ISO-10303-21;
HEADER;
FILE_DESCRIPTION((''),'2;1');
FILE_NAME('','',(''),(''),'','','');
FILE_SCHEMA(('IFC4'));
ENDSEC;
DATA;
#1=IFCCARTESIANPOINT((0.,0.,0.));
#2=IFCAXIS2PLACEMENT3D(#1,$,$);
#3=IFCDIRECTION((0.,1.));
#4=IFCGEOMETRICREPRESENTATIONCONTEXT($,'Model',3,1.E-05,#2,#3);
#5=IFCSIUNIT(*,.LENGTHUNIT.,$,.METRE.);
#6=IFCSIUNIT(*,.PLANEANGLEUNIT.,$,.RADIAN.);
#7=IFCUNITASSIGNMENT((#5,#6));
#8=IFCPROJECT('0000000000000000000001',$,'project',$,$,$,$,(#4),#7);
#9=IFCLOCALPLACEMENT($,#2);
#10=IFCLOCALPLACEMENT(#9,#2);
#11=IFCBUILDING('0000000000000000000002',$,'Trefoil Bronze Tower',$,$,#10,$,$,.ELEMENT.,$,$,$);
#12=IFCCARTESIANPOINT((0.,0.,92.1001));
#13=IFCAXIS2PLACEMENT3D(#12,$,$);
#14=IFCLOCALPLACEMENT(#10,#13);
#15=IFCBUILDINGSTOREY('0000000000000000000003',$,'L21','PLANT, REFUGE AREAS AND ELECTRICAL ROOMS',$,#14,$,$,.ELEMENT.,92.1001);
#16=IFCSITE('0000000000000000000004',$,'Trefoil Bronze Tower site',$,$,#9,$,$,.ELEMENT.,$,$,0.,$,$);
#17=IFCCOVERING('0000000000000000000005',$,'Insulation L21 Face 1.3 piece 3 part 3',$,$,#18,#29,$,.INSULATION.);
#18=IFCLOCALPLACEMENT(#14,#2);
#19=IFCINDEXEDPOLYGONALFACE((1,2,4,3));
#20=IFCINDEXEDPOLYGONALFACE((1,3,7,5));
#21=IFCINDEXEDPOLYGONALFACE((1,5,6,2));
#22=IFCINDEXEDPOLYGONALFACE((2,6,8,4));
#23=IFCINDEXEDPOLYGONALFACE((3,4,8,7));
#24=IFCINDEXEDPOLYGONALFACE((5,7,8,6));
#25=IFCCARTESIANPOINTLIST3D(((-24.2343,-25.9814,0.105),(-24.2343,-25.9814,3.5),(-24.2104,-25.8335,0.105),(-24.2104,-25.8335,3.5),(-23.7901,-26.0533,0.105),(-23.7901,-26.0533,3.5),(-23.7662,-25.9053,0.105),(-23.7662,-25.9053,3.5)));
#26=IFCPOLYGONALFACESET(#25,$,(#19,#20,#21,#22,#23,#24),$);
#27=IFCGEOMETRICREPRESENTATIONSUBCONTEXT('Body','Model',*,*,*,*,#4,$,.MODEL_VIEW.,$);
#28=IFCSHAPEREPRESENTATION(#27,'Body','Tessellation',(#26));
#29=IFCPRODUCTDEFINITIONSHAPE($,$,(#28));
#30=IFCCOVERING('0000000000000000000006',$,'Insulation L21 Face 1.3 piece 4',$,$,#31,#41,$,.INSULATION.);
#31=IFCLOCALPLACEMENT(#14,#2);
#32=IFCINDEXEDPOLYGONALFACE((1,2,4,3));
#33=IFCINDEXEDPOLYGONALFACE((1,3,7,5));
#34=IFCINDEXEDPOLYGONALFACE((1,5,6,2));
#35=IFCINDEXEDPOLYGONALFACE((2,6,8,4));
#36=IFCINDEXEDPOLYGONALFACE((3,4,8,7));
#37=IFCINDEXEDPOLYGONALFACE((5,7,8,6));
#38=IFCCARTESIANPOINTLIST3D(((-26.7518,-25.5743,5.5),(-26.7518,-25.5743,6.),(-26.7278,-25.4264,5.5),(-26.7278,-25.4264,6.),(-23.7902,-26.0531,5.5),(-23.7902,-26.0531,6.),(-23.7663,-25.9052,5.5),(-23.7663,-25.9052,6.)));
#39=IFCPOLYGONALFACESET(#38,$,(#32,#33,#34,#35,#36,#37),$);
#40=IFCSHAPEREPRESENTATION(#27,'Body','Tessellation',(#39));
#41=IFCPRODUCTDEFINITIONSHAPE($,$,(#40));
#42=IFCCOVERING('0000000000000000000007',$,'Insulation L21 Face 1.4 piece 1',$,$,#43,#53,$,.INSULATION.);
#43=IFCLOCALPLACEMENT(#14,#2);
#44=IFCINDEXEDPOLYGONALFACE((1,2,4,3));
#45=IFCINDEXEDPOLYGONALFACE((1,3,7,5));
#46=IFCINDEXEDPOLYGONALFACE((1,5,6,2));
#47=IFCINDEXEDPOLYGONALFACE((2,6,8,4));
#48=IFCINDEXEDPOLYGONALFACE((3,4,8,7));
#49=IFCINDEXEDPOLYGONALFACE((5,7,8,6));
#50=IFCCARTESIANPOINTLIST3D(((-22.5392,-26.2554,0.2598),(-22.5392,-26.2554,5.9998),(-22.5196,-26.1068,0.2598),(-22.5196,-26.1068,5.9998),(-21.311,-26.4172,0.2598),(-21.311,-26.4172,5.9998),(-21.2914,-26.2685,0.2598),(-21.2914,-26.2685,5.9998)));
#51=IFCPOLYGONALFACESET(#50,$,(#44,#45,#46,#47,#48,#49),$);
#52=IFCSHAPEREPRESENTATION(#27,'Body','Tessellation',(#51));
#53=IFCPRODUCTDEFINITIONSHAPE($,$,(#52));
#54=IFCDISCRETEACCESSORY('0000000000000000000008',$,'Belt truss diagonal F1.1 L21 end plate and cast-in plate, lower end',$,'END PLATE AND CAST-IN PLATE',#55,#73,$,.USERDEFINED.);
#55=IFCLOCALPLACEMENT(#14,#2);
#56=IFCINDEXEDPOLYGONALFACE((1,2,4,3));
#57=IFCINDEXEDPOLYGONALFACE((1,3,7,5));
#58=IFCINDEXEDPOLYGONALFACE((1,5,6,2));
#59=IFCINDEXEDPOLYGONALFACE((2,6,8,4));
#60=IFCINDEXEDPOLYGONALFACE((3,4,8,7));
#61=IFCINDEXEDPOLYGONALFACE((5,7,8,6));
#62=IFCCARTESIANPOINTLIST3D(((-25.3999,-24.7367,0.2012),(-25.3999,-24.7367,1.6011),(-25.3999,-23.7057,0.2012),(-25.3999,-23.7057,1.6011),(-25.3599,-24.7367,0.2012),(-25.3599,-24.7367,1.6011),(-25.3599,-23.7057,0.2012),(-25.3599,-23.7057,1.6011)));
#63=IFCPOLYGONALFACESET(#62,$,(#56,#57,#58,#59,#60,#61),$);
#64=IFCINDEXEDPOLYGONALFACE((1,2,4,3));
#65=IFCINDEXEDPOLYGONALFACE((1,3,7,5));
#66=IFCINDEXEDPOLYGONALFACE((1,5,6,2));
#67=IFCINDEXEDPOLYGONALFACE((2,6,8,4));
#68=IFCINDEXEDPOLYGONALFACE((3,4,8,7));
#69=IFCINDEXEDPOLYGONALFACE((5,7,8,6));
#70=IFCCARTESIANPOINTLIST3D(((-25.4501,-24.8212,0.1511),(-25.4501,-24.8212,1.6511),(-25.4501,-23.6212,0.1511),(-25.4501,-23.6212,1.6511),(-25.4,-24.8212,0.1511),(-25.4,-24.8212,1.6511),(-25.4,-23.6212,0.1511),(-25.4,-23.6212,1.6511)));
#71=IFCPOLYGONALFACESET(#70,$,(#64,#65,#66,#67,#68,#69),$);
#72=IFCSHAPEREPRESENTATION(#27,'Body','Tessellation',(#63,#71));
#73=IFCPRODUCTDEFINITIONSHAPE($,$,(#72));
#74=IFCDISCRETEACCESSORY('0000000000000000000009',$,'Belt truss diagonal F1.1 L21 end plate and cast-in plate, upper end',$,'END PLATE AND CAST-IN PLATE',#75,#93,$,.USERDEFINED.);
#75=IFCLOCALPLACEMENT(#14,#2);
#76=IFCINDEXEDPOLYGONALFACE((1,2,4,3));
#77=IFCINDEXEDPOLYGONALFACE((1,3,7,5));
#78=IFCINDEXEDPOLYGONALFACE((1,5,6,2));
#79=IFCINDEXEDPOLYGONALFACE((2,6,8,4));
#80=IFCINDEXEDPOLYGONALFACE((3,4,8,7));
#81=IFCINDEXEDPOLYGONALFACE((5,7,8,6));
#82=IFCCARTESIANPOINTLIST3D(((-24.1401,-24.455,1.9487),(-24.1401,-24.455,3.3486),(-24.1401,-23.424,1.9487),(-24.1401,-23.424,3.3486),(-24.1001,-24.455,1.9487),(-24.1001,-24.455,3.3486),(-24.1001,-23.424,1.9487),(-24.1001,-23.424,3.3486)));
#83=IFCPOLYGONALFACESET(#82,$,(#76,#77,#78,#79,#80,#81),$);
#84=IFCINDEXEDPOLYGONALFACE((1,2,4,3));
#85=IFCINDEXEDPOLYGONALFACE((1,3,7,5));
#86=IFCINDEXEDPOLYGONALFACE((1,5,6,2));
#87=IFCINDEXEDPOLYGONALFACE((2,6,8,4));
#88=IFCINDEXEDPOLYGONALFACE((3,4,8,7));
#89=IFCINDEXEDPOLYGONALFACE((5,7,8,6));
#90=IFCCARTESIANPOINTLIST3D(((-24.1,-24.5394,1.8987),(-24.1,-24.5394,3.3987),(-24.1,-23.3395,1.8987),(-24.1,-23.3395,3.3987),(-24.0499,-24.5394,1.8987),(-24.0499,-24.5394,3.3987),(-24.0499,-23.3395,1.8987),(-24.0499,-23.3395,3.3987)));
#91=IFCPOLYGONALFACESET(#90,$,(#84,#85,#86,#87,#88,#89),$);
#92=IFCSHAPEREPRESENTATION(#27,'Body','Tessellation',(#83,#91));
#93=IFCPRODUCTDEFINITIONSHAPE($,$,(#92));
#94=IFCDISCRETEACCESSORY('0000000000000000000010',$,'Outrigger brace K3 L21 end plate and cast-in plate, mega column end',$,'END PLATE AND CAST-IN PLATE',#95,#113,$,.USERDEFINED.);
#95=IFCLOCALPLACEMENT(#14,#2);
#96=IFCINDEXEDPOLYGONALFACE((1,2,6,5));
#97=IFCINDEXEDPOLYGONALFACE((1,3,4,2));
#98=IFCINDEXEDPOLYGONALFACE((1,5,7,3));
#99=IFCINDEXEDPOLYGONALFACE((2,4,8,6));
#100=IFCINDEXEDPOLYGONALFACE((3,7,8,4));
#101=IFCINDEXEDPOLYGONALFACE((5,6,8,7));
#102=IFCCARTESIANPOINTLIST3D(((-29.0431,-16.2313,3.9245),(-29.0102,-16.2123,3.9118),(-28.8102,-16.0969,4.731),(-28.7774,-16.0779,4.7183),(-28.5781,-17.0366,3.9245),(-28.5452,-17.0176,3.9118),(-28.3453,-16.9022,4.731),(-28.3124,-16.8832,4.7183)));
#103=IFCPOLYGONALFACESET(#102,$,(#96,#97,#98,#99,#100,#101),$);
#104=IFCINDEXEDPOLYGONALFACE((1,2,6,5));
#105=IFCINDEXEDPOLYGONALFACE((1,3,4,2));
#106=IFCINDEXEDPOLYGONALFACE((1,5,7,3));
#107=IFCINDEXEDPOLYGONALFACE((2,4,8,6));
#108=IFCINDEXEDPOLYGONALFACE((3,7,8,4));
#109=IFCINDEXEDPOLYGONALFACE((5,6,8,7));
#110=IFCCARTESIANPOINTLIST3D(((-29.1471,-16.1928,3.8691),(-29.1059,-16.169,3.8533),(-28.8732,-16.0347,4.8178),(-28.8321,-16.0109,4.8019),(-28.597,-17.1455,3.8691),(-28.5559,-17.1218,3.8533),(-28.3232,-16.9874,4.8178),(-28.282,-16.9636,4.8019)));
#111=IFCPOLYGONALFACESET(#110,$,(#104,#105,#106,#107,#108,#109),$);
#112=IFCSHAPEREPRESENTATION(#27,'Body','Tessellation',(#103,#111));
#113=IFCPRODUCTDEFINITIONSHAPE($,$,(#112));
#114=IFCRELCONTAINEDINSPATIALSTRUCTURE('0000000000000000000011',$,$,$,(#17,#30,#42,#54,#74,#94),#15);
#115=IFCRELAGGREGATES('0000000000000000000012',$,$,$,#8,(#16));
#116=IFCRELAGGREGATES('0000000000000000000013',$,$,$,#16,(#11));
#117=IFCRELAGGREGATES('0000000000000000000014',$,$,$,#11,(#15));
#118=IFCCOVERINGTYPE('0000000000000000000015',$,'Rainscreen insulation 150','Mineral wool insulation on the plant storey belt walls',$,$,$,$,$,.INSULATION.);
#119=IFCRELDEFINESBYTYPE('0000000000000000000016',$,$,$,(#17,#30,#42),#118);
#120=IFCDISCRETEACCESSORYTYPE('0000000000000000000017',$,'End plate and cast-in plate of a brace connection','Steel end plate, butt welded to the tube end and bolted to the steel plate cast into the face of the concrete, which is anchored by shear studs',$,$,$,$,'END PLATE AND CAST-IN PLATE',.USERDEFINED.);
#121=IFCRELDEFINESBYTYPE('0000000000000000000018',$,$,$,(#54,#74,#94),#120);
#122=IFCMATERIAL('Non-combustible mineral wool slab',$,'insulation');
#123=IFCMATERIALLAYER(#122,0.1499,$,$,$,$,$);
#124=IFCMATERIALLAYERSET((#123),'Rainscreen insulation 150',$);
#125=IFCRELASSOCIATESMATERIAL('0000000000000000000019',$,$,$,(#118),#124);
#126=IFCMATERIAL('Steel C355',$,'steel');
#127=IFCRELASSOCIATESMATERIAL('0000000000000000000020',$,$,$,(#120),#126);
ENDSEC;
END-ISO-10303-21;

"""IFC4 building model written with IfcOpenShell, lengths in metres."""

from ifc_helpers import new_model, si_unit, direction, frame, origin, origin_2d, place, context, subcontext, project, spatial, rectangle, extrude, material, layer, layer_set, type_object, element, save


model = new_model("IFC4")

# Units and contexts
model_context = context("Model", 3, precision=1e-05, world=origin(), true_north=direction((0.0, 1.0)))
body_context = subcontext(model_context, "Body", "Model", "MODEL_VIEW")
ifc_project = project(units=[si_unit("LENGTHUNIT", "METRE"), si_unit("PLANEANGLEUNIT", "RADIAN")], contexts=[model_context])

# Site, building, storey
site_placement = place(None, origin())
site = spatial("IfcSite", under=ifc_project, at=site_placement, Name="Trefoil Bronze Tower site", CompositionType="ELEMENT", RefElevation=0.0)
building_placement = place(site_placement, origin())
building = spatial("IfcBuilding", under=site, at=building_placement, Name="Trefoil Bronze Tower", CompositionType="ELEMENT")
storey_placement = place(building_placement, frame((0.0, 0.0, 92.1001)))
storey = spatial("IfcBuildingStorey", under=building, at=storey_placement, Name="L21", Description="PLANT, REFUGE AREAS AND ELECTRICAL ROOMS", CompositionType="ELEMENT", Elevation=92.1001)

# Coverings
ifc_material_1 = material(Name="Non-combustible mineral wool slab", Category="insulation")
ifc_layer_1 = layer(ifc_material_1, 0.1499)
ifc_layer_set_1 = layer_set([ifc_layer_1], Name="Rainscreen insulation 150")
covering_type_1 = type_object("IfcCoveringType", Name="Rainscreen insulation 150", Description="Mineral wool insulation on the plant storey belt walls", PredefinedType="INSULATION", material=ifc_layer_set_1)
covering_1_placement = place(storey_placement, frame((-24.0002, -25.9434, 0.105), z_axis=(0.0, 0.0, 1.0), x_axis=(0.987181, -0.159603, 0.0)))
element("IfcCovering", 1, at=covering_1_placement, inside=storey, type_object=covering_type_1, Name="Insulation L21 Face 1.3 piece 3 part 3", PredefinedType="INSULATION", context=body_context, shape_type="SweptSolid", body=[
    extrude(rectangle(XDim=0.45, YDim=0.1499, at=origin_2d()), origin(), (0.0, 0.0, 1.0), 3.395),
])
covering_2_placement = place(storey_placement, frame((-25.259, -25.7397, 5.5), z_axis=(0.0, 0.0, 1.0), x_axis=(0.987181, -0.159603, 0.0)))
element("IfcCovering", 2, at=covering_2_placement, inside=storey, type_object=covering_type_1, Name="Insulation L21 Face 1.3 piece 4", PredefinedType="INSULATION", context=body_context, shape_type="SweptSolid", body=[
    extrude(rectangle(XDim=3.0, YDim=0.1499, at=origin_2d()), origin(), (0.0, 0.0, 1.0), 0.5),
])
covering_3_placement = place(storey_placement, frame((-21.9153, -26.262, 0.2598), z_axis=(0.0, 0.0, 1.0), x_axis=(0.991437, -0.130584, 0.0)))
element("IfcCovering", 3, at=covering_3_placement, inside=storey, type_object=covering_type_1, Name="Insulation L21 Face 1.4 piece 1", PredefinedType="INSULATION", context=body_context, shape_type="SweptSolid", body=[
    extrude(rectangle(XDim=1.2388, YDim=0.1499, at=origin_2d()), origin(), (0.0, 0.0, 1.0), 5.74),
])

# Discrete accessories
ifc_material_2 = material(Name="Steel C355", Category="steel")
discrete_accessory_type = type_object("IfcDiscreteAccessoryType", Name="End plate and cast-in plate of a brace connection", Description="Steel end plate, butt welded to the tube end and bolted to the steel plate cast into the face of the concrete, which is anchored by shear studs", ElementType="END PLATE AND CAST-IN PLATE", PredefinedType="USERDEFINED", material=ifc_material_2)
for number, where, z_axis, x_axis, name in (
    (4, (-25.3999, -24.2212, 0.9011), (0.0, 0.0, 1.0), (1.0, 0.0, 0.0), "Belt truss diagonal F1.1 L21 end plate and cast-in plate, lower end"),
    (5, (-24.1001, -23.9395, 2.6487), (0.0, 0.0, 1.0), (-1.0, 0.0, 0.0), "Belt truss diagonal F1.1 L21 end plate and cast-in plate, upper end"),
):
    element("IfcDiscreteAccessory", number, at=place(storey_placement, frame(where, z_axis=z_axis, x_axis=x_axis)), inside=storey, type_object=discrete_accessory_type, Name=name, ObjectType="END PLATE AND CAST-IN PLATE", PredefinedType="USERDEFINED", context=body_context, shape_type="SweptSolid", body=[
        extrude(rectangle(XDim=0.04, YDim=1.031, at=origin_2d()), frame((0.02, 0.0, -0.7)), (0.0, 0.0, 1.0), 1.3999),
        extrude(rectangle(XDim=0.05, YDim=1.2, at=origin_2d()), frame((-0.0251, 0.0, -0.75)), (0.0, 0.0, 1.0), 1.5),
    ])
discrete_accessory_placement = place(storey_placement, frame((-28.6941, -16.5664, 4.3276), z_axis=(0.273861, 0.158114, 0.948683), x_axis=(0.821584, 0.474342, -0.316228)))
element("IfcDiscreteAccessory", 6, at=discrete_accessory_placement, inside=storey, type_object=discrete_accessory_type, Name="Outrigger brace K3 L21 end plate and cast-in plate, mega column end", ObjectType="END PLATE AND CAST-IN PLATE", PredefinedType="USERDEFINED", context=body_context, shape_type="SweptSolid", body=[
    extrude(rectangle(XDim=0.04, YDim=0.9299, at=origin_2d()), frame((0.0198, -0.0002, -0.425)), (0.0, 0.0, 1.0), 0.8501),
    extrude(rectangle(XDim=0.05, YDim=1.1001, at=origin_2d()), frame((-0.0249, 0.0, -0.5)), (0.0, 0.0, 1.0), 1.0),
])

save(model, "model.ifc")
